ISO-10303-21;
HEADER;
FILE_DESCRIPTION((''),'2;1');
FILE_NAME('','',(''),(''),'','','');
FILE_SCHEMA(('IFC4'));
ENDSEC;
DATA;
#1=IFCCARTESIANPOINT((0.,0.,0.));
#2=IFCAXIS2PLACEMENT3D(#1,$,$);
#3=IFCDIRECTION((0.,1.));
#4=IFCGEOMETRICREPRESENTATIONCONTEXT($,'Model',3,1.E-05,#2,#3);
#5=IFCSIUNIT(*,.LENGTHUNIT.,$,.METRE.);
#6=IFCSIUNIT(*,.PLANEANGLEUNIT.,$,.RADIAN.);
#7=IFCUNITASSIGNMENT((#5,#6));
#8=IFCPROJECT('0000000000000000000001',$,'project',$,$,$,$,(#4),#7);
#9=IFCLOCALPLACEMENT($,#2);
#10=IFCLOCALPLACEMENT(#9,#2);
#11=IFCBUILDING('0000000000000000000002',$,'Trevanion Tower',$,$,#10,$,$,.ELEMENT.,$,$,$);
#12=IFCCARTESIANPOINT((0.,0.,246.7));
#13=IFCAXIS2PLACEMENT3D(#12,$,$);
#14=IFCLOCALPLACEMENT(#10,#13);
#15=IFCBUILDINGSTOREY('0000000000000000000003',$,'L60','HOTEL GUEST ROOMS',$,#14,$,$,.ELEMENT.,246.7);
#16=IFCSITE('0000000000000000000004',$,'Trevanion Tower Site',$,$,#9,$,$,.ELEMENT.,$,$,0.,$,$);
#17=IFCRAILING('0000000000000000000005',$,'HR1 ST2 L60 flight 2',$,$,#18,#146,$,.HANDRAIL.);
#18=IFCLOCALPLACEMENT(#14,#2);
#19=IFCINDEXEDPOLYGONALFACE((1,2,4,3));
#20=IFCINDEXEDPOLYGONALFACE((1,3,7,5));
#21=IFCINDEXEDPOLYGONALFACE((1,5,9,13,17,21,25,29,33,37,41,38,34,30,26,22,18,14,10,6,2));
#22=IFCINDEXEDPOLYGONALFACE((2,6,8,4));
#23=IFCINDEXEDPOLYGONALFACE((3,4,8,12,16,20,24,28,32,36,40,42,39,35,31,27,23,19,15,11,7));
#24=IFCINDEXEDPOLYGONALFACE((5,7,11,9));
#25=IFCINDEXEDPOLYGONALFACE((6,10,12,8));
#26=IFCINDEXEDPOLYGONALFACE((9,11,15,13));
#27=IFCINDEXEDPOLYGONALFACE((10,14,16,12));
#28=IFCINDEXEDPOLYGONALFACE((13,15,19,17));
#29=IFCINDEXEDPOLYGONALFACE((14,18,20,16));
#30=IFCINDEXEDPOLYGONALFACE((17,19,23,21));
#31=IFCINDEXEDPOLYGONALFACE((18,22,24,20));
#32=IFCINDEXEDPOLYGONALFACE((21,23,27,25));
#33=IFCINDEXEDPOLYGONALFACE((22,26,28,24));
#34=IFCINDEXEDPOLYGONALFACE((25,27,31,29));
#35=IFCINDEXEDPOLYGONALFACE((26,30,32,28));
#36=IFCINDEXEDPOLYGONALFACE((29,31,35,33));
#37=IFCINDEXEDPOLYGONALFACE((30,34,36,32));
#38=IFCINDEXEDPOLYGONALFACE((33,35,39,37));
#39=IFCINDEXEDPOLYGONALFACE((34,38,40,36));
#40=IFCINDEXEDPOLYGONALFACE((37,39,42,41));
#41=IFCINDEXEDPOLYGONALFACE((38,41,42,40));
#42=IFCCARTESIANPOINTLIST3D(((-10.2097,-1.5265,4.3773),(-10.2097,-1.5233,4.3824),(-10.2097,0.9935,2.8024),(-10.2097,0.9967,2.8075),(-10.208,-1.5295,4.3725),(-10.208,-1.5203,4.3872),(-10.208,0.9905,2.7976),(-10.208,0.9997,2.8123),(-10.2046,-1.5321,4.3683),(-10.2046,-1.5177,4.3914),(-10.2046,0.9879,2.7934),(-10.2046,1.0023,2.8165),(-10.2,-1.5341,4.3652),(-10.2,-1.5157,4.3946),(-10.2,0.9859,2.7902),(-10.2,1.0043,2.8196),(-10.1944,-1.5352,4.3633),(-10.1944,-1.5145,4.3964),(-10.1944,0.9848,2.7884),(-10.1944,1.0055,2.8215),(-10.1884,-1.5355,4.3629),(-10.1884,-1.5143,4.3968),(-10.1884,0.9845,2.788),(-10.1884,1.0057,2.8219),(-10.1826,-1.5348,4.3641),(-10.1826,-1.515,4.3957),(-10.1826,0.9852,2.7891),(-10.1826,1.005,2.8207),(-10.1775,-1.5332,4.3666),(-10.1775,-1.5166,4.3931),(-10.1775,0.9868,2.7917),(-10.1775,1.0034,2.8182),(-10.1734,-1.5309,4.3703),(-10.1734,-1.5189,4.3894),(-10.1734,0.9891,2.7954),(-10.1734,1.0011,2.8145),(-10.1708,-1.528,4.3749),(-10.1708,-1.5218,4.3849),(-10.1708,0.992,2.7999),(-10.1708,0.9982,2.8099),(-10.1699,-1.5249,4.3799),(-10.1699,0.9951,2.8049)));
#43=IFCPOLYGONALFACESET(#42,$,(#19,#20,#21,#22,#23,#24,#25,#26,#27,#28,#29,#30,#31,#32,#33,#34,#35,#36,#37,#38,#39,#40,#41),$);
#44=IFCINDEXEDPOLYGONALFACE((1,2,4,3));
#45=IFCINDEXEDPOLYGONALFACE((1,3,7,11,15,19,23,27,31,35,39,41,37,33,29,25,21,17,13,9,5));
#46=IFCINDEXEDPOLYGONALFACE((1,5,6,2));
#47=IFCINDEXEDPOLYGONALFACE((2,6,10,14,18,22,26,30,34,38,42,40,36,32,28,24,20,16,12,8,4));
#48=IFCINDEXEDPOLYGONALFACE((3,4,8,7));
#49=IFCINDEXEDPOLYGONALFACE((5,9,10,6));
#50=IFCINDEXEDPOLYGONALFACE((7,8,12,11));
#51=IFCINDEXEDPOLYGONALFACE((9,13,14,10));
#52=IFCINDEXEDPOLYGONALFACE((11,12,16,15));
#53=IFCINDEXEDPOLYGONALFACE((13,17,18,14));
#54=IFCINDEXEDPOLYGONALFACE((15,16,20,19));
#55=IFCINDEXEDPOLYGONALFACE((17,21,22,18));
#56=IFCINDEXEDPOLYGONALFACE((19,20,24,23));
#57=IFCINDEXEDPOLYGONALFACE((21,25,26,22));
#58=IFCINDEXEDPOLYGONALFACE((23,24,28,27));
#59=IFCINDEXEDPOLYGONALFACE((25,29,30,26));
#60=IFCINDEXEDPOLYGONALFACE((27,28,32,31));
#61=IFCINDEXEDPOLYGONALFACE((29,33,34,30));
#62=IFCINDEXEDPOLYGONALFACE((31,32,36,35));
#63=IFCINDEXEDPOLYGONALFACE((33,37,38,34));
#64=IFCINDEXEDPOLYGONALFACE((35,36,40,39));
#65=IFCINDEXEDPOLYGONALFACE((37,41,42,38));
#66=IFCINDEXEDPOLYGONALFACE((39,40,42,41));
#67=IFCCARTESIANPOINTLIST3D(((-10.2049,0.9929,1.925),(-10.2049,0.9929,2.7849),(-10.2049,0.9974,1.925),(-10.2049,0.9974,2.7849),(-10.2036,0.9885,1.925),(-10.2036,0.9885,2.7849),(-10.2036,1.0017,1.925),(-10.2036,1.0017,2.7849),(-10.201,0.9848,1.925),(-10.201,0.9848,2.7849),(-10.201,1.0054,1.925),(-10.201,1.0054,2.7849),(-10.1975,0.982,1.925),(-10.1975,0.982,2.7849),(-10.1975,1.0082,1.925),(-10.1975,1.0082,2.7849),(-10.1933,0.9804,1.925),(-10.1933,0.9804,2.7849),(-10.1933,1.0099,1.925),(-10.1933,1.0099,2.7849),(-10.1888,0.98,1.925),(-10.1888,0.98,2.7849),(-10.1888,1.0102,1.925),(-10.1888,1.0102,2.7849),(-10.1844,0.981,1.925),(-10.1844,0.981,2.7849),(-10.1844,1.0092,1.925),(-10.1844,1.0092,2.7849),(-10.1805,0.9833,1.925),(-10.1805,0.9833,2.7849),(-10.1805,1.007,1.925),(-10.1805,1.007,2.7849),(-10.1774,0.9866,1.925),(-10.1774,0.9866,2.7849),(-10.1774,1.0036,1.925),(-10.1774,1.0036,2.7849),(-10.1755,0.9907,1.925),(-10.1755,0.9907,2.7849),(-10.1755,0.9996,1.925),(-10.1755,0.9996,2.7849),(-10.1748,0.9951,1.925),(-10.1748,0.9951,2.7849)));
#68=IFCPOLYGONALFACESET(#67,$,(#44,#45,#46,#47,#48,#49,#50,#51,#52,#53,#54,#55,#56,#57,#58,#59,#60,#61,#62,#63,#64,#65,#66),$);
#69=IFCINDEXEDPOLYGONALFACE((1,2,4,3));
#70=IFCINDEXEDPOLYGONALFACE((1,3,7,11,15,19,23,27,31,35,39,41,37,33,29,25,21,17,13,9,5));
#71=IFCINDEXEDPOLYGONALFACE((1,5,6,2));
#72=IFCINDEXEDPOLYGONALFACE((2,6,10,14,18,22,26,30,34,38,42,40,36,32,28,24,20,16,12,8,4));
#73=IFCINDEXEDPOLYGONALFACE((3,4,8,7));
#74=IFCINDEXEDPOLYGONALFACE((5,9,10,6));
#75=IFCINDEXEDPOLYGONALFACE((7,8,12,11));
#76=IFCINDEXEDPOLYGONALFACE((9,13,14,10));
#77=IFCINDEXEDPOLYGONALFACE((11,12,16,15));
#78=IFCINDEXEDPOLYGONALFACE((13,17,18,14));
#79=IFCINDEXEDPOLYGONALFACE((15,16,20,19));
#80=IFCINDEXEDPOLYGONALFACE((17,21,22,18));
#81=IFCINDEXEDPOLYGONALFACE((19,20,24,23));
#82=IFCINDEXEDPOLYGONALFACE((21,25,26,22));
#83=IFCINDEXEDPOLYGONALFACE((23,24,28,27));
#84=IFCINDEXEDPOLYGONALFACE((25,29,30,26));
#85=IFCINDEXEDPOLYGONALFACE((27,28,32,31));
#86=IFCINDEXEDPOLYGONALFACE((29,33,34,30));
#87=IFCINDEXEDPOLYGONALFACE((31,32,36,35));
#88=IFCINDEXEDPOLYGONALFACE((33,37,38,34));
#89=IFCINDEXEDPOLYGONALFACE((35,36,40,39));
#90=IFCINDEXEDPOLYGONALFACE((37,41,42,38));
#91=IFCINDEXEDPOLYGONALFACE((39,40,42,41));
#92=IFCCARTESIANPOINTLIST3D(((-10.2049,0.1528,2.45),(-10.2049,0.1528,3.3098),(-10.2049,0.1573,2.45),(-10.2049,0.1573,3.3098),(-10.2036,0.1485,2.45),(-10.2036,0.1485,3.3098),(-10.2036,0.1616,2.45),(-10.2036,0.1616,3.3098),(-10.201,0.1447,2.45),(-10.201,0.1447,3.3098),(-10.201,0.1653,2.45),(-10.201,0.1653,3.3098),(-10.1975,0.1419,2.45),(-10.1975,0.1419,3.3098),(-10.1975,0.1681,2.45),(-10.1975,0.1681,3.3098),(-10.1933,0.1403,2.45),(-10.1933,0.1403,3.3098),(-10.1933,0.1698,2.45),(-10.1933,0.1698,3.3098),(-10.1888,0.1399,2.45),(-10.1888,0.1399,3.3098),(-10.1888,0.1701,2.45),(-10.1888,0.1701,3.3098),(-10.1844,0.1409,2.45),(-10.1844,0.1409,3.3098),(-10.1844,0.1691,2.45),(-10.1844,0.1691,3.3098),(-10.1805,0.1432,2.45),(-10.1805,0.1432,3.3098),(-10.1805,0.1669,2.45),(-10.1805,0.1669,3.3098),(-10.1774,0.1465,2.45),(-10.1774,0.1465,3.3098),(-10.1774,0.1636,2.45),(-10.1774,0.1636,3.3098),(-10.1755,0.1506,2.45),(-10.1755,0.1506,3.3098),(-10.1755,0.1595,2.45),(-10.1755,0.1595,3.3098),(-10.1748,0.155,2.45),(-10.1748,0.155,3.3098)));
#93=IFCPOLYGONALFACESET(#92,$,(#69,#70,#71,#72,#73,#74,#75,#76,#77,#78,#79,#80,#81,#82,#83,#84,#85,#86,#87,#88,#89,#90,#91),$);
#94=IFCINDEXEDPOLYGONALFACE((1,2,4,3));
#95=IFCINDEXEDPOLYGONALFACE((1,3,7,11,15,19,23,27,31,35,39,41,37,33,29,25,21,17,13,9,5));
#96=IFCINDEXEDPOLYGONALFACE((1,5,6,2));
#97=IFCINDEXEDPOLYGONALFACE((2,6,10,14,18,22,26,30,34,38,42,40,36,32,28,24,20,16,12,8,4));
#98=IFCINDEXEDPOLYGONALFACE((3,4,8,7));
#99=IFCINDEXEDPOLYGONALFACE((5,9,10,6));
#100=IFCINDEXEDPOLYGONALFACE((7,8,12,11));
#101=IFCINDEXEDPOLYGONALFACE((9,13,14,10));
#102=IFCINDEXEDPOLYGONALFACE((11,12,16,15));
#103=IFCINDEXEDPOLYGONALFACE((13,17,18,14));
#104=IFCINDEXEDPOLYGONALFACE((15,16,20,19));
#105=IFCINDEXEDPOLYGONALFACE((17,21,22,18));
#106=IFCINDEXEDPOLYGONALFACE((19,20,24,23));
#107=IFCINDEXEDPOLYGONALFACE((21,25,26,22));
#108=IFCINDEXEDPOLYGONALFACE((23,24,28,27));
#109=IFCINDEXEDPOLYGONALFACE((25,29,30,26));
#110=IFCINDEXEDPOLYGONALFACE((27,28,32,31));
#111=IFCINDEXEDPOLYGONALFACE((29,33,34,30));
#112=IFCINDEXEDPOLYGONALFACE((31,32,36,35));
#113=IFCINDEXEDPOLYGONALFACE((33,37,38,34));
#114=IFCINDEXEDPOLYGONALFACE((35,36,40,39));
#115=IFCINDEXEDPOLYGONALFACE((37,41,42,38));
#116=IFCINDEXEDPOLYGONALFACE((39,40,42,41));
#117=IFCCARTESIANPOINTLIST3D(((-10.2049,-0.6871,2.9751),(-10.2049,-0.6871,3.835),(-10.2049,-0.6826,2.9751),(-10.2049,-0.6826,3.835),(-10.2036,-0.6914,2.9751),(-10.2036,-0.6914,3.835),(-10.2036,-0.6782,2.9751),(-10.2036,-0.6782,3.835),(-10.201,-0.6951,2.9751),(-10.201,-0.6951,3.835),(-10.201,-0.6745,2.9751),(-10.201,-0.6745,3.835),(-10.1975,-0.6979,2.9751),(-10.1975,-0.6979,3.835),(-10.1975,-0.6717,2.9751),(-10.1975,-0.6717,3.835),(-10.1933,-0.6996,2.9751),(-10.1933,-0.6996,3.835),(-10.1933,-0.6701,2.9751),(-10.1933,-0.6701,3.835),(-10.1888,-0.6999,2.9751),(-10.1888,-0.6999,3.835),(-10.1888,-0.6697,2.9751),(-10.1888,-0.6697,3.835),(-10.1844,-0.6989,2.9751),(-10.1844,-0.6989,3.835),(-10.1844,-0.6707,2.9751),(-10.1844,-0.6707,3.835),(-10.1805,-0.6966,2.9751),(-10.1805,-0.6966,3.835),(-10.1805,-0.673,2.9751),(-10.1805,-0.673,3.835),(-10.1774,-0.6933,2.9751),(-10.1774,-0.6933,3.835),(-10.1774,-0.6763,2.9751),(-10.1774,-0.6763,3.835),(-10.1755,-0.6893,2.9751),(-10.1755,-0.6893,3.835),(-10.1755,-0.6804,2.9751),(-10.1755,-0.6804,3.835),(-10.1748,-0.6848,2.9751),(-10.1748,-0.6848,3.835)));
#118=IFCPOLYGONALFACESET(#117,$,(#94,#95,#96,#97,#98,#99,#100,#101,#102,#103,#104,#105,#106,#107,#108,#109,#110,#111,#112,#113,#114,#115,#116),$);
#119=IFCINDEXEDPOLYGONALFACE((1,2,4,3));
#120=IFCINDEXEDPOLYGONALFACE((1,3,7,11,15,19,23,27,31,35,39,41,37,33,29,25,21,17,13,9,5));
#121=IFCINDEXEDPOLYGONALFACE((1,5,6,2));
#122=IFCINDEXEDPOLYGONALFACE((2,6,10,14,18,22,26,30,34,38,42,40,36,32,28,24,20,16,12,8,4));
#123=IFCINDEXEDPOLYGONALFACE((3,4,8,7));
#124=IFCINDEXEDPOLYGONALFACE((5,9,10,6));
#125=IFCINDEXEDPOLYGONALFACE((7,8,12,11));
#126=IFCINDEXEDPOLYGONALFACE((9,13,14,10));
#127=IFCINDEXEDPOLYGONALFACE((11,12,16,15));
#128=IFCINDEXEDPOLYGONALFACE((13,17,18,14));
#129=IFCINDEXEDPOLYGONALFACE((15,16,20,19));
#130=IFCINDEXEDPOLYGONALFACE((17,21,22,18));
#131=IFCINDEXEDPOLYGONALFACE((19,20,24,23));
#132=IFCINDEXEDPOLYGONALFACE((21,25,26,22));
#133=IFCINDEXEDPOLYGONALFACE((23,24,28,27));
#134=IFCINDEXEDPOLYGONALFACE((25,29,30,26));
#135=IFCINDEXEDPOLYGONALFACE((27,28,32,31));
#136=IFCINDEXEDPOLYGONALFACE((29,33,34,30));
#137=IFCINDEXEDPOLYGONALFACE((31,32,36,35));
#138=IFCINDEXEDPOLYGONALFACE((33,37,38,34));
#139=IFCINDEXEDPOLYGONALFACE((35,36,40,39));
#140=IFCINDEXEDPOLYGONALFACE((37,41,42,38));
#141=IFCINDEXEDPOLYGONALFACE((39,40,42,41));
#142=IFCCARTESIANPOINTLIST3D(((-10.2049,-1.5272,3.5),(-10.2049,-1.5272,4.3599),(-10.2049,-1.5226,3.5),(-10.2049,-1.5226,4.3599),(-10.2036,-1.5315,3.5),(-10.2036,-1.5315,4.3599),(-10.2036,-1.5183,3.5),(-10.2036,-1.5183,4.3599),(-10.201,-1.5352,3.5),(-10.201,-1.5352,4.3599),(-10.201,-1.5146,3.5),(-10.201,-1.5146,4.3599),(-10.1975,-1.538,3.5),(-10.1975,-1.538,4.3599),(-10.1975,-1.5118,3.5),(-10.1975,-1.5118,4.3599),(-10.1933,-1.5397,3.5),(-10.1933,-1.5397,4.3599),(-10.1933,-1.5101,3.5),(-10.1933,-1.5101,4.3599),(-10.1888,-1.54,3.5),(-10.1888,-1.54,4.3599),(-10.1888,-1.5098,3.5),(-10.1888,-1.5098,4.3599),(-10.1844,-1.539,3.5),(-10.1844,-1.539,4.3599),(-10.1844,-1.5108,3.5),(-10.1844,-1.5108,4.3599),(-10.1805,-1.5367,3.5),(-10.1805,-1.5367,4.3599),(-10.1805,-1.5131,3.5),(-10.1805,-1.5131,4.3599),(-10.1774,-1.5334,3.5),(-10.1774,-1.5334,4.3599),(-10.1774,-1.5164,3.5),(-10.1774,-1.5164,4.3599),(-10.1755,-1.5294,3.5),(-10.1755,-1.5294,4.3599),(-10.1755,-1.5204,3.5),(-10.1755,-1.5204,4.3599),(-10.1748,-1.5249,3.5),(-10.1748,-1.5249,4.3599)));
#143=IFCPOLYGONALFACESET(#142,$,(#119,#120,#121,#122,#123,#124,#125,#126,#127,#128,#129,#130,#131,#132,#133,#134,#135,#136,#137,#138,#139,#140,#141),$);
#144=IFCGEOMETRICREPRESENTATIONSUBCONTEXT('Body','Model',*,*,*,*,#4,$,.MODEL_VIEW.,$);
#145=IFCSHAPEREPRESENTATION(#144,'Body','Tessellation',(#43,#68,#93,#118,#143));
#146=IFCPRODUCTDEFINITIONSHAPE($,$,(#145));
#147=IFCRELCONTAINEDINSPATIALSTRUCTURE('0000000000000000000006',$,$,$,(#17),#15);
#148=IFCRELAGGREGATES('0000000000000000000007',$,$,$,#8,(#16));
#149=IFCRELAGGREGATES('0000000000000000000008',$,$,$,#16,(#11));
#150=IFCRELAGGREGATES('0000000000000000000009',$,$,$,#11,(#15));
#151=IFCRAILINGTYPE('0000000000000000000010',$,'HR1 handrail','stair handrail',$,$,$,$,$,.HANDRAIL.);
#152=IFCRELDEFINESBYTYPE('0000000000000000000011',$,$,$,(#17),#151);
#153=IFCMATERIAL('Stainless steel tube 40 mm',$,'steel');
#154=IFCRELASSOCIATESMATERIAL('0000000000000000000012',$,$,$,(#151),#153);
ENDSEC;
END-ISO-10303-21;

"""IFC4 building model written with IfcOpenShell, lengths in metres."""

from ifc_helpers import new_model, si_unit, direction, frame, origin, origin_2d, place, context, subcontext, project, spatial, circle, extrude, material, type_object, element, save


model = new_model("IFC4")

# Units and contexts
model_context = context("Model", 3, precision=1e-05, world=origin(), true_north=direction((0.0, 1.0)))
body_context = subcontext(model_context, "Body", "Model", "MODEL_VIEW")
ifc_project = project(units=[si_unit("LENGTHUNIT", "METRE"), si_unit("PLANEANGLEUNIT", "RADIAN")], contexts=[model_context])

# Site, building, storey
site_placement = place(None, origin())
site = spatial("IfcSite", under=ifc_project, at=site_placement, Name="Trevanion Tower Site", CompositionType="ELEMENT", RefElevation=0.0)
building_placement = place(site_placement, origin())
building = spatial("IfcBuilding", under=site, at=building_placement, Name="Trevanion Tower", CompositionType="ELEMENT")
storey_placement = place(building_placement, frame((0.0, 0.0, 246.7)))
storey = spatial("IfcBuildingStorey", under=building, at=storey_placement, Name="L60", Description="HOTEL GUEST ROOMS", CompositionType="ELEMENT", Elevation=246.7)

# Railing
ifc_material_1 = material(Name="Stainless steel tube 40 mm", Category="steel")
railing_type = type_object("IfcRailingType", Name="HR1 handrail", Description="stair handrail", PredefinedType="HANDRAIL", material=ifc_material_1)
for number, where, name in (
    (1, (-10.1899, 0.9951, 1.925), "HR1 ST2 L60 flight 2"),
):
    element("IfcRailing", number, at=place(storey_placement, frame(where)), inside=storey, type_object=railing_type, Name=name, PredefinedType="HANDRAIL", context=body_context, shape_type="SweptSolid", body=[
        extrude(circle(Radius=0.02, at=origin_2d()), frame((0.0, 0.0, 0.8799), z_axis=(0.0, -0.848008, 0.529984), x_axis=(1.0, 0.0, 0.0)), (0.0, 0.0, 1.0), 2.9717),
        extrude(circle(Radius=0.0151, at=origin_2d()), origin(), (0.0, 0.0, 1.0), 0.8599),
        extrude(circle(Radius=0.0151, at=origin_2d()), frame((0.0, -0.8401, 0.5249)), (0.0, 0.0, 1.0), 0.8599),
        extrude(circle(Radius=0.0151, at=origin_2d()), frame((0.0, -1.6799, 1.05)), (0.0, 0.0, 1.0), 0.8599),
        extrude(circle(Radius=0.0151, at=origin_2d()), frame((0.0, -2.52, 1.575)), (0.0, 0.0, 1.0), 0.8599),
    ])

save(model, "model.ifc")
